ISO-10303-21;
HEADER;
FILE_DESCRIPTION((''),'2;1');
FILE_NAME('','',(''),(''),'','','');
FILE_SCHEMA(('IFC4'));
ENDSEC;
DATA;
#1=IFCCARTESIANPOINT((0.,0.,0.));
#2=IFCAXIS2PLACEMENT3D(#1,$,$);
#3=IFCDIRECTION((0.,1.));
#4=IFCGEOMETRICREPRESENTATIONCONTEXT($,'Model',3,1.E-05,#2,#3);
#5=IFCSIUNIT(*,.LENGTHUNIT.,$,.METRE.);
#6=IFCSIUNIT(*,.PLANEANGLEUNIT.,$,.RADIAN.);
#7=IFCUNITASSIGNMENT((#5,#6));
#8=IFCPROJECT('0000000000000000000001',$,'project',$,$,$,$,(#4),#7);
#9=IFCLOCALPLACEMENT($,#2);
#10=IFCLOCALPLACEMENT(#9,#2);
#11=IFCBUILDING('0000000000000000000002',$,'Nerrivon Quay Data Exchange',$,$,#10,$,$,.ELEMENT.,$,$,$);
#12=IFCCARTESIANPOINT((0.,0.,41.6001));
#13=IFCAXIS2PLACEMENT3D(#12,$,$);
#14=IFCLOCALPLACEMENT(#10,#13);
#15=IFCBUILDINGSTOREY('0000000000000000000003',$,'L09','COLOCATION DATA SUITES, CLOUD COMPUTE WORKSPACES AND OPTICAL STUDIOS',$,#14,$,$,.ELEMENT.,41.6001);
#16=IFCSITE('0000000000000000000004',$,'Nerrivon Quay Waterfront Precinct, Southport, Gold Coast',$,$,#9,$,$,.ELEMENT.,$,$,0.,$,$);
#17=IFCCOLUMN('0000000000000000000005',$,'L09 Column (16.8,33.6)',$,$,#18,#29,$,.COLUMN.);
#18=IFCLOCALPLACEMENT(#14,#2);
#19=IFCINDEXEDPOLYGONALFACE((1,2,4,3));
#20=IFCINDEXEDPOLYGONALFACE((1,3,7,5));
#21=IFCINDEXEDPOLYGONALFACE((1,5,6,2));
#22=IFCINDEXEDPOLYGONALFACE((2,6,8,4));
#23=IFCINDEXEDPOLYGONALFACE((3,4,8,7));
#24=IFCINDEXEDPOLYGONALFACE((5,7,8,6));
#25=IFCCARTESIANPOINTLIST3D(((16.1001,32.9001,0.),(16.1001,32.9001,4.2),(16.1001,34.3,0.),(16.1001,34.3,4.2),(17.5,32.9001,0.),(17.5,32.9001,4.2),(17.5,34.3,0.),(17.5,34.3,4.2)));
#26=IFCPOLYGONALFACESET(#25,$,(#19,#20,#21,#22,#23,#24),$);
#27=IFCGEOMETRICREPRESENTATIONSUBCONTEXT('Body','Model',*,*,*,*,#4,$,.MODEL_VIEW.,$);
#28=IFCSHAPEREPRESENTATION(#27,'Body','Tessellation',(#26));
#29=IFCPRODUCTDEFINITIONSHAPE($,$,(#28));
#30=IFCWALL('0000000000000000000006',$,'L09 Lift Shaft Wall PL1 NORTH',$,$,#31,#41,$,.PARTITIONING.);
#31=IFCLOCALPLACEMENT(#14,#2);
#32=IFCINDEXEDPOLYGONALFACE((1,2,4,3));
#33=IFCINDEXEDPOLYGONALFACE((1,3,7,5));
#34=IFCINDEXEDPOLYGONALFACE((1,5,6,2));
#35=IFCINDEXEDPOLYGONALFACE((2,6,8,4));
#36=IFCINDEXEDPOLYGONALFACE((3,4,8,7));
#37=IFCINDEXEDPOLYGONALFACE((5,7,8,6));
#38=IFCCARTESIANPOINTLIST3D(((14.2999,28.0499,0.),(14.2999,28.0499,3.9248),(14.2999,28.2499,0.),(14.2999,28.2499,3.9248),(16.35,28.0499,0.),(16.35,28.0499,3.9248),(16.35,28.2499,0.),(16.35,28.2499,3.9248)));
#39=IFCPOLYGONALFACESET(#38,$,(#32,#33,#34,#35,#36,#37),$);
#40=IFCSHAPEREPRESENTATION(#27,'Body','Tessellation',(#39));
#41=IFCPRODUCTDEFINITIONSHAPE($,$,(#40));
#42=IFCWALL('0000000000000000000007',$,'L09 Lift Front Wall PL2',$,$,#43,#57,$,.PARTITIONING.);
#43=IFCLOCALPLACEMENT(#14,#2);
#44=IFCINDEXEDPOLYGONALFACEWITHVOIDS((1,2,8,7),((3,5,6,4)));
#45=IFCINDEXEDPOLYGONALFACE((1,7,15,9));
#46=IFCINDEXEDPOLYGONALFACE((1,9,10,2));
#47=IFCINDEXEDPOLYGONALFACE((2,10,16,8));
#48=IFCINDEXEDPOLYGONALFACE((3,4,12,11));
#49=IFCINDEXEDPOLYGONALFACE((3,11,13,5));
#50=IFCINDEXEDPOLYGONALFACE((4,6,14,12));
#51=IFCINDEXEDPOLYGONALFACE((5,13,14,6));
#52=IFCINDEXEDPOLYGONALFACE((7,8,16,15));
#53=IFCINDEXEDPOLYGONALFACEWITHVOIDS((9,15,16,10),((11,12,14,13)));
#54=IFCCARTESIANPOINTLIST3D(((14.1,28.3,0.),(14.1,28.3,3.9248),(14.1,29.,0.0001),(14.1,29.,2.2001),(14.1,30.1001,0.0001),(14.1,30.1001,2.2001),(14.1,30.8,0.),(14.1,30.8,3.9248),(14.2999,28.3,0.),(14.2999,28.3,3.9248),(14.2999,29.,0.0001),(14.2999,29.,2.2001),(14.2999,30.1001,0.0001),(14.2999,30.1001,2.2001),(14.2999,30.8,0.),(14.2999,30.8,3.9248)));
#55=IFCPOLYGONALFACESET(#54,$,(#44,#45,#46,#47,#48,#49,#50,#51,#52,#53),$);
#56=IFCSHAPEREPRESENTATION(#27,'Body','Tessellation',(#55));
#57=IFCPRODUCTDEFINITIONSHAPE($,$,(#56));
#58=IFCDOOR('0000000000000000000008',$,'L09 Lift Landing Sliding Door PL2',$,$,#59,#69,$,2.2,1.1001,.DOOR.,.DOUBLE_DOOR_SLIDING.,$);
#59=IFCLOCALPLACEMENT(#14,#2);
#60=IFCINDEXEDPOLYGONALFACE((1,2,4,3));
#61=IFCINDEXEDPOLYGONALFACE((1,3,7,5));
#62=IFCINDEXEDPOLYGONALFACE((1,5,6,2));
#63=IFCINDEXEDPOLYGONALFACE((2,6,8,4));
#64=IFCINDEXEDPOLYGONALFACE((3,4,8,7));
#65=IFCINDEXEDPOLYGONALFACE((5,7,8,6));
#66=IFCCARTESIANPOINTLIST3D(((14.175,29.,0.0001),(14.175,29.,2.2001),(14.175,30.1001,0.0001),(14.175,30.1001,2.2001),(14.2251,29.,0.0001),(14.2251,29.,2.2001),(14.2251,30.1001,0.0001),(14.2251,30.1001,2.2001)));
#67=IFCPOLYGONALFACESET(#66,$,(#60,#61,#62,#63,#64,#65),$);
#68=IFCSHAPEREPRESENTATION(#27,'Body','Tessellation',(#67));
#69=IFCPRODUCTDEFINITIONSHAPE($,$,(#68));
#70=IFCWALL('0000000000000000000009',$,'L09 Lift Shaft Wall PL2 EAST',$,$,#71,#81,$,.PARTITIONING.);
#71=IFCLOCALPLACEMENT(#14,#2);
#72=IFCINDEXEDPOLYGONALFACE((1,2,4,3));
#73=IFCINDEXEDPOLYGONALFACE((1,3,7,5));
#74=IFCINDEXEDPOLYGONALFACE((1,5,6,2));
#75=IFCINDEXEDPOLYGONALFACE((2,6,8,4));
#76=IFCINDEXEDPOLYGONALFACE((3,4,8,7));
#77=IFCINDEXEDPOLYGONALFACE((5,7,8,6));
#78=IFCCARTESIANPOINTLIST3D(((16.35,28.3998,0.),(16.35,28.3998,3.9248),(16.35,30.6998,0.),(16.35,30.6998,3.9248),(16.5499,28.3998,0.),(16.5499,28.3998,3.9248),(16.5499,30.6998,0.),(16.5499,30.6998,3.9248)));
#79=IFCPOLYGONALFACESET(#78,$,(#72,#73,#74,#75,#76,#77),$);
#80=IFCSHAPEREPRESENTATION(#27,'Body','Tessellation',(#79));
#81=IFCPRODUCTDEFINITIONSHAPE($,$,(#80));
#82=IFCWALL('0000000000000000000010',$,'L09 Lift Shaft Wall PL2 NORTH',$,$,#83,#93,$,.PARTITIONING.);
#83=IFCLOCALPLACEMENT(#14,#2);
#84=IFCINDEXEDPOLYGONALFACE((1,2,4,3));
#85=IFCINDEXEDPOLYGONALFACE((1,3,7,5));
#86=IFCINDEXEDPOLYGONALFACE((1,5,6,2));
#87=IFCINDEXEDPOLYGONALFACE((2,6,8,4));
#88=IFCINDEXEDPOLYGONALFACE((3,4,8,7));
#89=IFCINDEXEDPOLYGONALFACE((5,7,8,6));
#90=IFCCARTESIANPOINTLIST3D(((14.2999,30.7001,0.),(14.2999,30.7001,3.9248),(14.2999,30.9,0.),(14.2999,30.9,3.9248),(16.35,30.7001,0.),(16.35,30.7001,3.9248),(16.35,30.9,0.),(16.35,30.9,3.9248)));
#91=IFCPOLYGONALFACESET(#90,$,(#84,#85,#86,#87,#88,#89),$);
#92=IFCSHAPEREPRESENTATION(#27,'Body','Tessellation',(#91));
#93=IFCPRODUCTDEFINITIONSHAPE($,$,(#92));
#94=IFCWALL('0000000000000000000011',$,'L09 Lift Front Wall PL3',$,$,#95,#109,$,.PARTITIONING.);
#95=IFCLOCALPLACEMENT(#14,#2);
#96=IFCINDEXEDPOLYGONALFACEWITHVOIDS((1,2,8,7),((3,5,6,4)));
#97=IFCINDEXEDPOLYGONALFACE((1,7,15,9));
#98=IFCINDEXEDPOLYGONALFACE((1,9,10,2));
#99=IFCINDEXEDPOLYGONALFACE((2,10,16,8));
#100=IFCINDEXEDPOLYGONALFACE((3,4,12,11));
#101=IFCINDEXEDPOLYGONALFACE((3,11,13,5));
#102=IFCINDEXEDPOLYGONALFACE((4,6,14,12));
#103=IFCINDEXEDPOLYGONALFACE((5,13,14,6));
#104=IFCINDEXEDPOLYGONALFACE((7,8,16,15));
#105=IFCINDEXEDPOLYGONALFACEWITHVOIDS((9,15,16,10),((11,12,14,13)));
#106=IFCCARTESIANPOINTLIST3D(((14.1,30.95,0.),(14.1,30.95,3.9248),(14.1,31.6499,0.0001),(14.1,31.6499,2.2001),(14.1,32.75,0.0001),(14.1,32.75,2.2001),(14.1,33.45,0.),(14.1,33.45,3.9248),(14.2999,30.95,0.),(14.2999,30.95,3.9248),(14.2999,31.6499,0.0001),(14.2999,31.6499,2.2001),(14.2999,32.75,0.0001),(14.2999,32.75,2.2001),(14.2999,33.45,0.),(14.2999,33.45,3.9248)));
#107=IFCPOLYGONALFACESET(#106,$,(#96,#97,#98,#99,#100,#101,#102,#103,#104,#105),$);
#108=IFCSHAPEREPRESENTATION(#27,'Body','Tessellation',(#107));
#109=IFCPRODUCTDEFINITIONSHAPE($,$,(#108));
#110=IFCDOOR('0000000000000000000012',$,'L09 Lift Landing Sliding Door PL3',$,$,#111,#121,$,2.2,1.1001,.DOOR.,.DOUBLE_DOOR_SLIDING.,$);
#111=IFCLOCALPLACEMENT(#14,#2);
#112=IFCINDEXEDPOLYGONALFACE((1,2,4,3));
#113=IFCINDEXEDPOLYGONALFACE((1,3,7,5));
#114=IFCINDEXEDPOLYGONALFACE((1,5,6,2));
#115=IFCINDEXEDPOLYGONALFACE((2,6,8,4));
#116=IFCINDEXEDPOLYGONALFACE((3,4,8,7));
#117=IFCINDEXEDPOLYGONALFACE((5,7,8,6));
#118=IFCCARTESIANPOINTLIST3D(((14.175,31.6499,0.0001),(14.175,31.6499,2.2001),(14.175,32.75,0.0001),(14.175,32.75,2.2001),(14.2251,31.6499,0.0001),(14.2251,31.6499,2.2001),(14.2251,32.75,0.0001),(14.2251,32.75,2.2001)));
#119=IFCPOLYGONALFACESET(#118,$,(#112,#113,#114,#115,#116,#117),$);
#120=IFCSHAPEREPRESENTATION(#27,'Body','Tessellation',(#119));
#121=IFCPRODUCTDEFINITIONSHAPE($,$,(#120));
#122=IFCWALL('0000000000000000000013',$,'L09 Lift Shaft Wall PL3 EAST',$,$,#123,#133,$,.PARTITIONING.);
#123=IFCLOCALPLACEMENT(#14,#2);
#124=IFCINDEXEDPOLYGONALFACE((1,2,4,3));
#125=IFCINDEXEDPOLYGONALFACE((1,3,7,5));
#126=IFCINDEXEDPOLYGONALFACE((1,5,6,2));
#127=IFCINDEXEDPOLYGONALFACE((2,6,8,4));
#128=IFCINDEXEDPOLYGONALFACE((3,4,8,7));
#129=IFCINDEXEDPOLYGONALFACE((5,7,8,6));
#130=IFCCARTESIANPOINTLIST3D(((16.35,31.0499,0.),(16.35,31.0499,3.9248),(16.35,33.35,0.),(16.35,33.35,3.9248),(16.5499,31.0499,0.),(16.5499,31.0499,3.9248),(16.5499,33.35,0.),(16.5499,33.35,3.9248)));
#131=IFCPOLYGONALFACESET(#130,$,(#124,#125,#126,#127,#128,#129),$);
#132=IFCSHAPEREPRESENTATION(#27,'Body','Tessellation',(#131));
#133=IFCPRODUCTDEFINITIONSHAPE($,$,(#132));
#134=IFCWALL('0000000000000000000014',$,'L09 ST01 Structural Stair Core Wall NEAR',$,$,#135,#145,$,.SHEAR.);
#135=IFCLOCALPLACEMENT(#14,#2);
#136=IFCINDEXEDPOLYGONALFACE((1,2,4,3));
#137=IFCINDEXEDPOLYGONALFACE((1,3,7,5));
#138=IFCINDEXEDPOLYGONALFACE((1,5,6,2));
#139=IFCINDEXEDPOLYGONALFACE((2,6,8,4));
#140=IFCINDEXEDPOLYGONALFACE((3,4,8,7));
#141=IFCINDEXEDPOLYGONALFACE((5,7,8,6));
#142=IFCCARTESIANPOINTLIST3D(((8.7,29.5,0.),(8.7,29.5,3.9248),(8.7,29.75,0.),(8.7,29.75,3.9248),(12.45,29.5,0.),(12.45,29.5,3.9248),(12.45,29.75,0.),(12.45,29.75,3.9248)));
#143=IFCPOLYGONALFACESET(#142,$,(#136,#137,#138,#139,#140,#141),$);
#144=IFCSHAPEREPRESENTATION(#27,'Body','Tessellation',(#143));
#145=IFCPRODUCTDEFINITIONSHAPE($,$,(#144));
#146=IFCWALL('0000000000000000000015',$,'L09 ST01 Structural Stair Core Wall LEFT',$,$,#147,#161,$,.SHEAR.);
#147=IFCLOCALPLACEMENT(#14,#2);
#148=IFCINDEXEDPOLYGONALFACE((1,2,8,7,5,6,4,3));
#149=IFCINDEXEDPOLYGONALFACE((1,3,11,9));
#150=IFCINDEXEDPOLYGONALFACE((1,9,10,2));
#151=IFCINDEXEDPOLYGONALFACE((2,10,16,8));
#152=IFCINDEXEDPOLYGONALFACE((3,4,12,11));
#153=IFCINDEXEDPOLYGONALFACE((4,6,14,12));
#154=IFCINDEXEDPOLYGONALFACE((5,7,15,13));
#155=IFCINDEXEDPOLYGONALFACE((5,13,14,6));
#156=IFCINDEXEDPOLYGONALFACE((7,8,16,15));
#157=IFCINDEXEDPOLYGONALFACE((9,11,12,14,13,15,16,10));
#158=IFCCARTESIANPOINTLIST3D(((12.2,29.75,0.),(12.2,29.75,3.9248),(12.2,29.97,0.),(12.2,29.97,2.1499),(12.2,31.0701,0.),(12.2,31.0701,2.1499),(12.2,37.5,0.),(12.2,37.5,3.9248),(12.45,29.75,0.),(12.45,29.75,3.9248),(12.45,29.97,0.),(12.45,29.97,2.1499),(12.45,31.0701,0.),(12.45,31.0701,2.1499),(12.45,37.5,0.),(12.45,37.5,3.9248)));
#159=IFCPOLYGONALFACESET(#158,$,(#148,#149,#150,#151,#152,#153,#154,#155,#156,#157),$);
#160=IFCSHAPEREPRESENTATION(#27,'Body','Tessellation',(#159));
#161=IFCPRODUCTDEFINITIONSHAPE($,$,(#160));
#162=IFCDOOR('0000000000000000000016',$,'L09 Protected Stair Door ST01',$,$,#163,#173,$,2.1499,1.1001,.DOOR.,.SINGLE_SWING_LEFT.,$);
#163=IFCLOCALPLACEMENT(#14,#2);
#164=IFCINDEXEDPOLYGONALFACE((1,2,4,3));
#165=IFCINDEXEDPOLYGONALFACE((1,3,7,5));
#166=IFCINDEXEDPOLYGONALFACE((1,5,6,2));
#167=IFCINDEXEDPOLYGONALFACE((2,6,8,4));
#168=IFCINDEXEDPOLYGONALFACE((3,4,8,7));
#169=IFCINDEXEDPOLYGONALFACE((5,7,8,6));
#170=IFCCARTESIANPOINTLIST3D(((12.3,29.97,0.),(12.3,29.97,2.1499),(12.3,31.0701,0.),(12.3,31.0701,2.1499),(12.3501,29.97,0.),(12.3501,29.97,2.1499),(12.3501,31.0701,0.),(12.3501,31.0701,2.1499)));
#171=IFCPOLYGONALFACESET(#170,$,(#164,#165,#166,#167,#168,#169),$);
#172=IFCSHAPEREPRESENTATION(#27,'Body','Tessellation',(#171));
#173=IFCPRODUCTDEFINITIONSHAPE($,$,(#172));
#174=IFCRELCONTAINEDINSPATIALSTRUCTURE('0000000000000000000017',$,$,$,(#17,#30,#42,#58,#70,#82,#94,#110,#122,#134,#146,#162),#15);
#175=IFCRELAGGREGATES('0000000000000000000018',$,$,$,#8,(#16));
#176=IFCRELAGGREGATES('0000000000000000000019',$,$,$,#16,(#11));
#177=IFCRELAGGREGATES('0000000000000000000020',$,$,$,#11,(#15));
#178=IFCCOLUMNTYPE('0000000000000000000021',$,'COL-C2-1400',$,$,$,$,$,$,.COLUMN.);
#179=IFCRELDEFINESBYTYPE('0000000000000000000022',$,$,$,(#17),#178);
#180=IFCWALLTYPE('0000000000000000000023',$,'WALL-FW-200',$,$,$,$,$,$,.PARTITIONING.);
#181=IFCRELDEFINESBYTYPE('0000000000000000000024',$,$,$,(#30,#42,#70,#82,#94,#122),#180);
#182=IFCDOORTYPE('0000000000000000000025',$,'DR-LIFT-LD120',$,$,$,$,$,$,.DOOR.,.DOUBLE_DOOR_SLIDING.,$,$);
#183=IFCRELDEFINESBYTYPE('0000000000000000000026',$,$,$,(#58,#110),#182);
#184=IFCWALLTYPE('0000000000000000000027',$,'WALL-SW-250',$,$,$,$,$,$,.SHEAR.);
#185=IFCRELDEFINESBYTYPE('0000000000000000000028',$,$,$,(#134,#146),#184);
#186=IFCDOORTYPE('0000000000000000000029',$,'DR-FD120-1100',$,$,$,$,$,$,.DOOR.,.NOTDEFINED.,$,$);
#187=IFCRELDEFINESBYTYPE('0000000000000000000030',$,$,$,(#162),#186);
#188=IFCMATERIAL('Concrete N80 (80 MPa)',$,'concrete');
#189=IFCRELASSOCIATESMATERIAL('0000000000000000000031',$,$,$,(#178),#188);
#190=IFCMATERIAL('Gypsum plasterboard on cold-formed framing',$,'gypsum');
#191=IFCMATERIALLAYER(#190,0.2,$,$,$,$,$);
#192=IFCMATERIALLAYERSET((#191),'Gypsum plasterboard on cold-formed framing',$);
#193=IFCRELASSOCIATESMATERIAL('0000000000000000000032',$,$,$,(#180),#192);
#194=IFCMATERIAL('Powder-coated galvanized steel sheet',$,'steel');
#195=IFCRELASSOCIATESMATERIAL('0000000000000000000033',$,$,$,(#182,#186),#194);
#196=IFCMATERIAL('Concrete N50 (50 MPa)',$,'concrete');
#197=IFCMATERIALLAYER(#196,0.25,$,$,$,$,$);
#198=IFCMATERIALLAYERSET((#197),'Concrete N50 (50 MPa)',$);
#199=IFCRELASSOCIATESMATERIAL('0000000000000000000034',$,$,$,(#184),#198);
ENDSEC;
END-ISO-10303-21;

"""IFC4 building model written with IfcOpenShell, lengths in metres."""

from ifc_helpers import new_model, si_unit, direction, frame, frame_2d, origin, origin_2d, place, context, subcontext, project, spatial, rectangle, extrude, material, layer, layer_set, material_profile, profile_set, type_object, element, fill, save


model = new_model("IFC4")

# Units and contexts
model_context = context("Model", 3, precision=1e-05, world=origin(), true_north=direction((0.0, 1.0)))
body_context = subcontext(model_context, "Body", "Model", "MODEL_VIEW")
ifc_project = project(units=[si_unit("LENGTHUNIT", "METRE"), si_unit("PLANEANGLEUNIT", "RADIAN")], contexts=[model_context])

# Site, building, storey
site_placement = place(None, origin())
site = spatial("IfcSite", under=ifc_project, at=site_placement, Name="Nerrivon Quay Waterfront Precinct, Southport, Gold Coast", CompositionType="ELEMENT", RefElevation=0.0)
building_placement = place(site_placement, origin())
building = spatial("IfcBuilding", under=site, at=building_placement, Name="Nerrivon Quay Data Exchange", CompositionType="ELEMENT")
storey_placement = place(building_placement, frame((0.0, 0.0, 41.6001)))
storey = spatial("IfcBuildingStorey", under=building, at=storey_placement, Name="L09", Description="COLOCATION DATA SUITES, CLOUD COMPUTE WORKSPACES AND OPTICAL STUDIOS", CompositionType="ELEMENT", Elevation=41.6001)

# Column
ifc_material_1 = material(Name="Concrete N80 (80 MPa)", Category="concrete")
ifc_material_profile = material_profile(ifc_material_1, rectangle(XDim=1.3999, YDim=1.3999, at=origin_2d()), Name="RC-COL-1400x1400")
ifc_profile_set = profile_set([ifc_material_profile], Name="Concrete N80 (80 MPa)")
column_type = type_object("IfcColumnType", Name="COL-C2-1400", PredefinedType="COLUMN", material=ifc_profile_set)
column_placement = place(storey_placement, frame((16.8, 33.6001, 0.0), z_axis=(0.0, 0.0, 1.0), x_axis=(1.0, 0.0, 0.0)))
element("IfcColumn", 1, at=column_placement, inside=storey, type_object=column_type, Name="L09 Column (16.8,33.6)", PredefinedType="COLUMN", context=body_context, shape_type="SweptSolid", body=[
    extrude(rectangle(XDim=1.3999, YDim=1.3999, at=origin_2d()), origin(), (0.0, 0.0, 1.0), 4.2),
])

# Wall
ifc_material_2 = material(Name="Gypsum plasterboard on cold-formed framing", Category="gypsum")
ifc_layer_1 = layer(ifc_material_2, 0.2)
ifc_layer_set_1 = layer_set([ifc_layer_1], Name="Gypsum plasterboard on cold-formed framing")
wall_type_1 = type_object("IfcWallType", Name="WALL-FW-200", PredefinedType="PARTITIONING", material=ifc_layer_set_1)
wall_1_placement = place(storey_placement, frame((14.3, 28.1499, 0.0), z_axis=(0.0, 0.0, 1.0), x_axis=(1.0, 0.0, 0.0)))
element("IfcWall", 2, at=wall_1_placement, inside=storey, type_object=wall_type_1, Name="L09 Lift Shaft Wall PL1 NORTH", PredefinedType="PARTITIONING", context=body_context, shape_type="SweptSolid", body=[
    extrude(rectangle(XDim=2.05, YDim=0.2, at=frame_2d((1.0249, 0.0))), origin(), (0.0, 0.0, 1.0), 3.9248),
])

# Wall, opening, door
wall_2_placement = place(storey_placement, frame((14.2, 28.3, 0.0), z_axis=(0.0, 0.0, 1.0), x_axis=(0.0, 1.0, 0.0)))
wall_2 = element("IfcWall", 3, at=wall_2_placement, inside=storey, type_object=wall_type_1, Name="L09 Lift Front Wall PL2", PredefinedType="PARTITIONING", context=body_context, shape_type="SweptSolid", body=[
    extrude(rectangle(XDim=2.5, YDim=0.2, at=frame_2d((1.25, 0.0))), origin(), (0.0, 0.0, 1.0), 3.9248),
])
opening_1_placement = place(wall_2_placement, frame((0.7, 0.0, 0.0)))
opening_1 = element("IfcOpeningElement", 4, at=opening_1_placement, cuts=wall_2, PredefinedType="OPENING", context=body_context, shape_type="SweptSolid", body=[
    extrude(rectangle(XDim=1.1001, YDim=2.2, at=frame_2d((0.55, 1.1001))), frame((0.0, 0.1099, 0.0), z_axis=(0.0, -1.0, 0.0), x_axis=(1.0, 0.0, 0.0)), (0.0, 0.0, 1.0), 0.22),
])
ifc_material_3 = material(Name="Powder-coated galvanized steel sheet", Category="steel")
door_type_1 = type_object("IfcDoorType", Name="DR-LIFT-LD120", OperationType="DOUBLE_DOOR_SLIDING", PredefinedType="DOOR", material=ifc_material_3)
door_1_placement = place(opening_1_placement, origin())
door_1 = element("IfcDoor", 5, at=door_1_placement, inside=storey, type_object=door_type_1, Name="L09 Lift Landing Sliding Door PL2", OperationType="DOUBLE_DOOR_SLIDING", OverallHeight=2.2, OverallWidth=1.1001, PredefinedType="DOOR", context=body_context, shape_type="SweptSolid", body=[
    extrude(rectangle(XDim=1.1001, YDim=2.2, at=frame_2d((0.55, 1.1001))), frame((0.0, 0.0249, 0.0), z_axis=(0.0, -1.0, 0.0), x_axis=(1.0, 0.0, 0.0)), (0.0, 0.0, 1.0), 0.05),
])
fill(opening_1, door_1)

# Walls
wall_3_placement = place(storey_placement, frame((16.45, 28.3999, 0.0), z_axis=(0.0, 0.0, 1.0), x_axis=(0.0, 1.0, 0.0)))
element("IfcWall", 6, at=wall_3_placement, inside=storey, type_object=wall_type_1, Name="L09 Lift Shaft Wall PL2 EAST", PredefinedType="PARTITIONING", context=body_context, shape_type="SweptSolid", body=[
    extrude(rectangle(XDim=2.3, YDim=0.2, at=frame_2d((1.1499, 0.0))), origin(), (0.0, 0.0, 1.0), 3.9248),
])
wall_4_placement = place(storey_placement, frame((14.3, 30.8, 0.0), z_axis=(0.0, 0.0, 1.0), x_axis=(1.0, 0.0, 0.0)))
element("IfcWall", 7, at=wall_4_placement, inside=storey, type_object=wall_type_1, Name="L09 Lift Shaft Wall PL2 NORTH", PredefinedType="PARTITIONING", context=body_context, shape_type="SweptSolid", body=[
    extrude(rectangle(XDim=2.05, YDim=0.2, at=frame_2d((1.0249, 0.0))), origin(), (0.0, 0.0, 1.0), 3.9248),
])

# Wall, opening, door
wall_5_placement = place(storey_placement, frame((14.2, 30.95, 0.0), z_axis=(0.0, 0.0, 1.0), x_axis=(0.0, 1.0, 0.0)))
wall_5 = element("IfcWall", 8, at=wall_5_placement, inside=storey, type_object=wall_type_1, Name="L09 Lift Front Wall PL3", PredefinedType="PARTITIONING", context=body_context, shape_type="SweptSolid", body=[
    extrude(rectangle(XDim=2.5, YDim=0.2, at=frame_2d((1.25, 0.0))), origin(), (0.0, 0.0, 1.0), 3.9248),
])
opening_2_placement = place(wall_5_placement, frame((0.7, 0.0, 0.0)))
opening_2 = element("IfcOpeningElement", 9, at=opening_2_placement, cuts=wall_5, PredefinedType="OPENING", context=body_context, shape_type="SweptSolid", body=[
    extrude(rectangle(XDim=1.1001, YDim=2.2, at=frame_2d((0.55, 1.1001))), frame((0.0, 0.1099, 0.0), z_axis=(0.0, -1.0, 0.0), x_axis=(1.0, 0.0, 0.0)), (0.0, 0.0, 1.0), 0.22),
])
door_2_placement = place(opening_2_placement, origin())
door_2 = element("IfcDoor", 10, at=door_2_placement, inside=storey, type_object=door_type_1, Name="L09 Lift Landing Sliding Door PL3", OperationType="DOUBLE_DOOR_SLIDING", OverallHeight=2.2, OverallWidth=1.1001, PredefinedType="DOOR", context=body_context, shape_type="SweptSolid", body=[
    extrude(rectangle(XDim=1.1001, YDim=2.2, at=frame_2d((0.55, 1.1001))), frame((0.0, 0.0249, 0.0), z_axis=(0.0, -1.0, 0.0), x_axis=(1.0, 0.0, 0.0)), (0.0, 0.0, 1.0), 0.05),
])
fill(opening_2, door_2)

# Walls
wall_6_placement = place(storey_placement, frame((16.45, 31.05, 0.0), z_axis=(0.0, 0.0, 1.0), x_axis=(0.0, 1.0, 0.0)))
element("IfcWall", 11, at=wall_6_placement, inside=storey, type_object=wall_type_1, Name="L09 Lift Shaft Wall PL3 EAST", PredefinedType="PARTITIONING", context=body_context, shape_type="SweptSolid", body=[
    extrude(rectangle(XDim=2.3, YDim=0.2, at=frame_2d((1.1499, 0.0))), origin(), (0.0, 0.0, 1.0), 3.9248),
])
ifc_material_4 = material(Name="Concrete N50 (50 MPa)", Category="concrete")
ifc_layer_2 = layer(ifc_material_4, 0.25)
ifc_layer_set_2 = layer_set([ifc_layer_2], Name="Concrete N50 (50 MPa)")
wall_type_2 = type_object("IfcWallType", Name="WALL-SW-250", PredefinedType="SHEAR", material=ifc_layer_set_2)
wall_7_placement = place(storey_placement, frame((12.45, 29.625, 0.0), z_axis=(0.0, 0.0, 1.0), x_axis=(-1.0, 0.0, 0.0)))
element("IfcWall", 12, at=wall_7_placement, inside=storey, type_object=wall_type_2, Name="L09 ST01 Structural Stair Core Wall NEAR", PredefinedType="SHEAR", context=body_context, shape_type="SweptSolid", body=[
    extrude(rectangle(XDim=3.75, YDim=0.25, at=frame_2d((1.875, 0.0))), origin(), (0.0, 0.0, 1.0), 3.9248),
])

# Wall, opening, door
wall_8_placement = place(storey_placement, frame((12.325, 29.75, 0.0), z_axis=(0.0, 0.0, 1.0), x_axis=(0.0, 1.0, 0.0)))
wall_8 = element("IfcWall", 13, at=wall_8_placement, inside=storey, type_object=wall_type_2, Name="L09 ST01 Structural Stair Core Wall LEFT", PredefinedType="SHEAR", context=body_context, shape_type="SweptSolid", body=[
    extrude(rectangle(XDim=7.75, YDim=0.25, at=frame_2d((3.875, 0.0))), origin(), (0.0, 0.0, 1.0), 3.9248),
])
opening_3_placement = place(wall_8_placement, frame((0.22, 0.0, 0.0)))
opening_3 = element("IfcOpeningElement", 14, at=opening_3_placement, cuts=wall_8, PredefinedType="OPENING", context=body_context, shape_type="SweptSolid", body=[
    extrude(rectangle(XDim=1.1001, YDim=2.1499, at=frame_2d((0.55, 1.075))), frame((0.0, 0.135, 0.0), z_axis=(0.0, -1.0, 0.0), x_axis=(1.0, 0.0, 0.0)), (0.0, 0.0, 1.0), 0.27),
])
door_type_2 = type_object("IfcDoorType", Name="DR-FD120-1100", OperationType="NOTDEFINED", PredefinedType="DOOR", material=ifc_material_3)
door_3_placement = place(opening_3_placement, origin())
door_3 = element("IfcDoor", 15, at=door_3_placement, inside=storey, type_object=door_type_2, Name="L09 Protected Stair Door ST01", OperationType="SINGLE_SWING_LEFT", OverallHeight=2.1499, OverallWidth=1.1001, PredefinedType="DOOR", context=body_context, shape_type="SweptSolid", body=[
    extrude(rectangle(XDim=1.1001, YDim=2.1499, at=frame_2d((0.55, 1.075))), frame((0.0, 0.0249, 0.0), z_axis=(0.0, -1.0, 0.0), x_axis=(1.0, 0.0, 0.0)), (0.0, 0.0, 1.0), 0.05),
])
fill(opening_3, door_3)

save(model, "model.ifc")
